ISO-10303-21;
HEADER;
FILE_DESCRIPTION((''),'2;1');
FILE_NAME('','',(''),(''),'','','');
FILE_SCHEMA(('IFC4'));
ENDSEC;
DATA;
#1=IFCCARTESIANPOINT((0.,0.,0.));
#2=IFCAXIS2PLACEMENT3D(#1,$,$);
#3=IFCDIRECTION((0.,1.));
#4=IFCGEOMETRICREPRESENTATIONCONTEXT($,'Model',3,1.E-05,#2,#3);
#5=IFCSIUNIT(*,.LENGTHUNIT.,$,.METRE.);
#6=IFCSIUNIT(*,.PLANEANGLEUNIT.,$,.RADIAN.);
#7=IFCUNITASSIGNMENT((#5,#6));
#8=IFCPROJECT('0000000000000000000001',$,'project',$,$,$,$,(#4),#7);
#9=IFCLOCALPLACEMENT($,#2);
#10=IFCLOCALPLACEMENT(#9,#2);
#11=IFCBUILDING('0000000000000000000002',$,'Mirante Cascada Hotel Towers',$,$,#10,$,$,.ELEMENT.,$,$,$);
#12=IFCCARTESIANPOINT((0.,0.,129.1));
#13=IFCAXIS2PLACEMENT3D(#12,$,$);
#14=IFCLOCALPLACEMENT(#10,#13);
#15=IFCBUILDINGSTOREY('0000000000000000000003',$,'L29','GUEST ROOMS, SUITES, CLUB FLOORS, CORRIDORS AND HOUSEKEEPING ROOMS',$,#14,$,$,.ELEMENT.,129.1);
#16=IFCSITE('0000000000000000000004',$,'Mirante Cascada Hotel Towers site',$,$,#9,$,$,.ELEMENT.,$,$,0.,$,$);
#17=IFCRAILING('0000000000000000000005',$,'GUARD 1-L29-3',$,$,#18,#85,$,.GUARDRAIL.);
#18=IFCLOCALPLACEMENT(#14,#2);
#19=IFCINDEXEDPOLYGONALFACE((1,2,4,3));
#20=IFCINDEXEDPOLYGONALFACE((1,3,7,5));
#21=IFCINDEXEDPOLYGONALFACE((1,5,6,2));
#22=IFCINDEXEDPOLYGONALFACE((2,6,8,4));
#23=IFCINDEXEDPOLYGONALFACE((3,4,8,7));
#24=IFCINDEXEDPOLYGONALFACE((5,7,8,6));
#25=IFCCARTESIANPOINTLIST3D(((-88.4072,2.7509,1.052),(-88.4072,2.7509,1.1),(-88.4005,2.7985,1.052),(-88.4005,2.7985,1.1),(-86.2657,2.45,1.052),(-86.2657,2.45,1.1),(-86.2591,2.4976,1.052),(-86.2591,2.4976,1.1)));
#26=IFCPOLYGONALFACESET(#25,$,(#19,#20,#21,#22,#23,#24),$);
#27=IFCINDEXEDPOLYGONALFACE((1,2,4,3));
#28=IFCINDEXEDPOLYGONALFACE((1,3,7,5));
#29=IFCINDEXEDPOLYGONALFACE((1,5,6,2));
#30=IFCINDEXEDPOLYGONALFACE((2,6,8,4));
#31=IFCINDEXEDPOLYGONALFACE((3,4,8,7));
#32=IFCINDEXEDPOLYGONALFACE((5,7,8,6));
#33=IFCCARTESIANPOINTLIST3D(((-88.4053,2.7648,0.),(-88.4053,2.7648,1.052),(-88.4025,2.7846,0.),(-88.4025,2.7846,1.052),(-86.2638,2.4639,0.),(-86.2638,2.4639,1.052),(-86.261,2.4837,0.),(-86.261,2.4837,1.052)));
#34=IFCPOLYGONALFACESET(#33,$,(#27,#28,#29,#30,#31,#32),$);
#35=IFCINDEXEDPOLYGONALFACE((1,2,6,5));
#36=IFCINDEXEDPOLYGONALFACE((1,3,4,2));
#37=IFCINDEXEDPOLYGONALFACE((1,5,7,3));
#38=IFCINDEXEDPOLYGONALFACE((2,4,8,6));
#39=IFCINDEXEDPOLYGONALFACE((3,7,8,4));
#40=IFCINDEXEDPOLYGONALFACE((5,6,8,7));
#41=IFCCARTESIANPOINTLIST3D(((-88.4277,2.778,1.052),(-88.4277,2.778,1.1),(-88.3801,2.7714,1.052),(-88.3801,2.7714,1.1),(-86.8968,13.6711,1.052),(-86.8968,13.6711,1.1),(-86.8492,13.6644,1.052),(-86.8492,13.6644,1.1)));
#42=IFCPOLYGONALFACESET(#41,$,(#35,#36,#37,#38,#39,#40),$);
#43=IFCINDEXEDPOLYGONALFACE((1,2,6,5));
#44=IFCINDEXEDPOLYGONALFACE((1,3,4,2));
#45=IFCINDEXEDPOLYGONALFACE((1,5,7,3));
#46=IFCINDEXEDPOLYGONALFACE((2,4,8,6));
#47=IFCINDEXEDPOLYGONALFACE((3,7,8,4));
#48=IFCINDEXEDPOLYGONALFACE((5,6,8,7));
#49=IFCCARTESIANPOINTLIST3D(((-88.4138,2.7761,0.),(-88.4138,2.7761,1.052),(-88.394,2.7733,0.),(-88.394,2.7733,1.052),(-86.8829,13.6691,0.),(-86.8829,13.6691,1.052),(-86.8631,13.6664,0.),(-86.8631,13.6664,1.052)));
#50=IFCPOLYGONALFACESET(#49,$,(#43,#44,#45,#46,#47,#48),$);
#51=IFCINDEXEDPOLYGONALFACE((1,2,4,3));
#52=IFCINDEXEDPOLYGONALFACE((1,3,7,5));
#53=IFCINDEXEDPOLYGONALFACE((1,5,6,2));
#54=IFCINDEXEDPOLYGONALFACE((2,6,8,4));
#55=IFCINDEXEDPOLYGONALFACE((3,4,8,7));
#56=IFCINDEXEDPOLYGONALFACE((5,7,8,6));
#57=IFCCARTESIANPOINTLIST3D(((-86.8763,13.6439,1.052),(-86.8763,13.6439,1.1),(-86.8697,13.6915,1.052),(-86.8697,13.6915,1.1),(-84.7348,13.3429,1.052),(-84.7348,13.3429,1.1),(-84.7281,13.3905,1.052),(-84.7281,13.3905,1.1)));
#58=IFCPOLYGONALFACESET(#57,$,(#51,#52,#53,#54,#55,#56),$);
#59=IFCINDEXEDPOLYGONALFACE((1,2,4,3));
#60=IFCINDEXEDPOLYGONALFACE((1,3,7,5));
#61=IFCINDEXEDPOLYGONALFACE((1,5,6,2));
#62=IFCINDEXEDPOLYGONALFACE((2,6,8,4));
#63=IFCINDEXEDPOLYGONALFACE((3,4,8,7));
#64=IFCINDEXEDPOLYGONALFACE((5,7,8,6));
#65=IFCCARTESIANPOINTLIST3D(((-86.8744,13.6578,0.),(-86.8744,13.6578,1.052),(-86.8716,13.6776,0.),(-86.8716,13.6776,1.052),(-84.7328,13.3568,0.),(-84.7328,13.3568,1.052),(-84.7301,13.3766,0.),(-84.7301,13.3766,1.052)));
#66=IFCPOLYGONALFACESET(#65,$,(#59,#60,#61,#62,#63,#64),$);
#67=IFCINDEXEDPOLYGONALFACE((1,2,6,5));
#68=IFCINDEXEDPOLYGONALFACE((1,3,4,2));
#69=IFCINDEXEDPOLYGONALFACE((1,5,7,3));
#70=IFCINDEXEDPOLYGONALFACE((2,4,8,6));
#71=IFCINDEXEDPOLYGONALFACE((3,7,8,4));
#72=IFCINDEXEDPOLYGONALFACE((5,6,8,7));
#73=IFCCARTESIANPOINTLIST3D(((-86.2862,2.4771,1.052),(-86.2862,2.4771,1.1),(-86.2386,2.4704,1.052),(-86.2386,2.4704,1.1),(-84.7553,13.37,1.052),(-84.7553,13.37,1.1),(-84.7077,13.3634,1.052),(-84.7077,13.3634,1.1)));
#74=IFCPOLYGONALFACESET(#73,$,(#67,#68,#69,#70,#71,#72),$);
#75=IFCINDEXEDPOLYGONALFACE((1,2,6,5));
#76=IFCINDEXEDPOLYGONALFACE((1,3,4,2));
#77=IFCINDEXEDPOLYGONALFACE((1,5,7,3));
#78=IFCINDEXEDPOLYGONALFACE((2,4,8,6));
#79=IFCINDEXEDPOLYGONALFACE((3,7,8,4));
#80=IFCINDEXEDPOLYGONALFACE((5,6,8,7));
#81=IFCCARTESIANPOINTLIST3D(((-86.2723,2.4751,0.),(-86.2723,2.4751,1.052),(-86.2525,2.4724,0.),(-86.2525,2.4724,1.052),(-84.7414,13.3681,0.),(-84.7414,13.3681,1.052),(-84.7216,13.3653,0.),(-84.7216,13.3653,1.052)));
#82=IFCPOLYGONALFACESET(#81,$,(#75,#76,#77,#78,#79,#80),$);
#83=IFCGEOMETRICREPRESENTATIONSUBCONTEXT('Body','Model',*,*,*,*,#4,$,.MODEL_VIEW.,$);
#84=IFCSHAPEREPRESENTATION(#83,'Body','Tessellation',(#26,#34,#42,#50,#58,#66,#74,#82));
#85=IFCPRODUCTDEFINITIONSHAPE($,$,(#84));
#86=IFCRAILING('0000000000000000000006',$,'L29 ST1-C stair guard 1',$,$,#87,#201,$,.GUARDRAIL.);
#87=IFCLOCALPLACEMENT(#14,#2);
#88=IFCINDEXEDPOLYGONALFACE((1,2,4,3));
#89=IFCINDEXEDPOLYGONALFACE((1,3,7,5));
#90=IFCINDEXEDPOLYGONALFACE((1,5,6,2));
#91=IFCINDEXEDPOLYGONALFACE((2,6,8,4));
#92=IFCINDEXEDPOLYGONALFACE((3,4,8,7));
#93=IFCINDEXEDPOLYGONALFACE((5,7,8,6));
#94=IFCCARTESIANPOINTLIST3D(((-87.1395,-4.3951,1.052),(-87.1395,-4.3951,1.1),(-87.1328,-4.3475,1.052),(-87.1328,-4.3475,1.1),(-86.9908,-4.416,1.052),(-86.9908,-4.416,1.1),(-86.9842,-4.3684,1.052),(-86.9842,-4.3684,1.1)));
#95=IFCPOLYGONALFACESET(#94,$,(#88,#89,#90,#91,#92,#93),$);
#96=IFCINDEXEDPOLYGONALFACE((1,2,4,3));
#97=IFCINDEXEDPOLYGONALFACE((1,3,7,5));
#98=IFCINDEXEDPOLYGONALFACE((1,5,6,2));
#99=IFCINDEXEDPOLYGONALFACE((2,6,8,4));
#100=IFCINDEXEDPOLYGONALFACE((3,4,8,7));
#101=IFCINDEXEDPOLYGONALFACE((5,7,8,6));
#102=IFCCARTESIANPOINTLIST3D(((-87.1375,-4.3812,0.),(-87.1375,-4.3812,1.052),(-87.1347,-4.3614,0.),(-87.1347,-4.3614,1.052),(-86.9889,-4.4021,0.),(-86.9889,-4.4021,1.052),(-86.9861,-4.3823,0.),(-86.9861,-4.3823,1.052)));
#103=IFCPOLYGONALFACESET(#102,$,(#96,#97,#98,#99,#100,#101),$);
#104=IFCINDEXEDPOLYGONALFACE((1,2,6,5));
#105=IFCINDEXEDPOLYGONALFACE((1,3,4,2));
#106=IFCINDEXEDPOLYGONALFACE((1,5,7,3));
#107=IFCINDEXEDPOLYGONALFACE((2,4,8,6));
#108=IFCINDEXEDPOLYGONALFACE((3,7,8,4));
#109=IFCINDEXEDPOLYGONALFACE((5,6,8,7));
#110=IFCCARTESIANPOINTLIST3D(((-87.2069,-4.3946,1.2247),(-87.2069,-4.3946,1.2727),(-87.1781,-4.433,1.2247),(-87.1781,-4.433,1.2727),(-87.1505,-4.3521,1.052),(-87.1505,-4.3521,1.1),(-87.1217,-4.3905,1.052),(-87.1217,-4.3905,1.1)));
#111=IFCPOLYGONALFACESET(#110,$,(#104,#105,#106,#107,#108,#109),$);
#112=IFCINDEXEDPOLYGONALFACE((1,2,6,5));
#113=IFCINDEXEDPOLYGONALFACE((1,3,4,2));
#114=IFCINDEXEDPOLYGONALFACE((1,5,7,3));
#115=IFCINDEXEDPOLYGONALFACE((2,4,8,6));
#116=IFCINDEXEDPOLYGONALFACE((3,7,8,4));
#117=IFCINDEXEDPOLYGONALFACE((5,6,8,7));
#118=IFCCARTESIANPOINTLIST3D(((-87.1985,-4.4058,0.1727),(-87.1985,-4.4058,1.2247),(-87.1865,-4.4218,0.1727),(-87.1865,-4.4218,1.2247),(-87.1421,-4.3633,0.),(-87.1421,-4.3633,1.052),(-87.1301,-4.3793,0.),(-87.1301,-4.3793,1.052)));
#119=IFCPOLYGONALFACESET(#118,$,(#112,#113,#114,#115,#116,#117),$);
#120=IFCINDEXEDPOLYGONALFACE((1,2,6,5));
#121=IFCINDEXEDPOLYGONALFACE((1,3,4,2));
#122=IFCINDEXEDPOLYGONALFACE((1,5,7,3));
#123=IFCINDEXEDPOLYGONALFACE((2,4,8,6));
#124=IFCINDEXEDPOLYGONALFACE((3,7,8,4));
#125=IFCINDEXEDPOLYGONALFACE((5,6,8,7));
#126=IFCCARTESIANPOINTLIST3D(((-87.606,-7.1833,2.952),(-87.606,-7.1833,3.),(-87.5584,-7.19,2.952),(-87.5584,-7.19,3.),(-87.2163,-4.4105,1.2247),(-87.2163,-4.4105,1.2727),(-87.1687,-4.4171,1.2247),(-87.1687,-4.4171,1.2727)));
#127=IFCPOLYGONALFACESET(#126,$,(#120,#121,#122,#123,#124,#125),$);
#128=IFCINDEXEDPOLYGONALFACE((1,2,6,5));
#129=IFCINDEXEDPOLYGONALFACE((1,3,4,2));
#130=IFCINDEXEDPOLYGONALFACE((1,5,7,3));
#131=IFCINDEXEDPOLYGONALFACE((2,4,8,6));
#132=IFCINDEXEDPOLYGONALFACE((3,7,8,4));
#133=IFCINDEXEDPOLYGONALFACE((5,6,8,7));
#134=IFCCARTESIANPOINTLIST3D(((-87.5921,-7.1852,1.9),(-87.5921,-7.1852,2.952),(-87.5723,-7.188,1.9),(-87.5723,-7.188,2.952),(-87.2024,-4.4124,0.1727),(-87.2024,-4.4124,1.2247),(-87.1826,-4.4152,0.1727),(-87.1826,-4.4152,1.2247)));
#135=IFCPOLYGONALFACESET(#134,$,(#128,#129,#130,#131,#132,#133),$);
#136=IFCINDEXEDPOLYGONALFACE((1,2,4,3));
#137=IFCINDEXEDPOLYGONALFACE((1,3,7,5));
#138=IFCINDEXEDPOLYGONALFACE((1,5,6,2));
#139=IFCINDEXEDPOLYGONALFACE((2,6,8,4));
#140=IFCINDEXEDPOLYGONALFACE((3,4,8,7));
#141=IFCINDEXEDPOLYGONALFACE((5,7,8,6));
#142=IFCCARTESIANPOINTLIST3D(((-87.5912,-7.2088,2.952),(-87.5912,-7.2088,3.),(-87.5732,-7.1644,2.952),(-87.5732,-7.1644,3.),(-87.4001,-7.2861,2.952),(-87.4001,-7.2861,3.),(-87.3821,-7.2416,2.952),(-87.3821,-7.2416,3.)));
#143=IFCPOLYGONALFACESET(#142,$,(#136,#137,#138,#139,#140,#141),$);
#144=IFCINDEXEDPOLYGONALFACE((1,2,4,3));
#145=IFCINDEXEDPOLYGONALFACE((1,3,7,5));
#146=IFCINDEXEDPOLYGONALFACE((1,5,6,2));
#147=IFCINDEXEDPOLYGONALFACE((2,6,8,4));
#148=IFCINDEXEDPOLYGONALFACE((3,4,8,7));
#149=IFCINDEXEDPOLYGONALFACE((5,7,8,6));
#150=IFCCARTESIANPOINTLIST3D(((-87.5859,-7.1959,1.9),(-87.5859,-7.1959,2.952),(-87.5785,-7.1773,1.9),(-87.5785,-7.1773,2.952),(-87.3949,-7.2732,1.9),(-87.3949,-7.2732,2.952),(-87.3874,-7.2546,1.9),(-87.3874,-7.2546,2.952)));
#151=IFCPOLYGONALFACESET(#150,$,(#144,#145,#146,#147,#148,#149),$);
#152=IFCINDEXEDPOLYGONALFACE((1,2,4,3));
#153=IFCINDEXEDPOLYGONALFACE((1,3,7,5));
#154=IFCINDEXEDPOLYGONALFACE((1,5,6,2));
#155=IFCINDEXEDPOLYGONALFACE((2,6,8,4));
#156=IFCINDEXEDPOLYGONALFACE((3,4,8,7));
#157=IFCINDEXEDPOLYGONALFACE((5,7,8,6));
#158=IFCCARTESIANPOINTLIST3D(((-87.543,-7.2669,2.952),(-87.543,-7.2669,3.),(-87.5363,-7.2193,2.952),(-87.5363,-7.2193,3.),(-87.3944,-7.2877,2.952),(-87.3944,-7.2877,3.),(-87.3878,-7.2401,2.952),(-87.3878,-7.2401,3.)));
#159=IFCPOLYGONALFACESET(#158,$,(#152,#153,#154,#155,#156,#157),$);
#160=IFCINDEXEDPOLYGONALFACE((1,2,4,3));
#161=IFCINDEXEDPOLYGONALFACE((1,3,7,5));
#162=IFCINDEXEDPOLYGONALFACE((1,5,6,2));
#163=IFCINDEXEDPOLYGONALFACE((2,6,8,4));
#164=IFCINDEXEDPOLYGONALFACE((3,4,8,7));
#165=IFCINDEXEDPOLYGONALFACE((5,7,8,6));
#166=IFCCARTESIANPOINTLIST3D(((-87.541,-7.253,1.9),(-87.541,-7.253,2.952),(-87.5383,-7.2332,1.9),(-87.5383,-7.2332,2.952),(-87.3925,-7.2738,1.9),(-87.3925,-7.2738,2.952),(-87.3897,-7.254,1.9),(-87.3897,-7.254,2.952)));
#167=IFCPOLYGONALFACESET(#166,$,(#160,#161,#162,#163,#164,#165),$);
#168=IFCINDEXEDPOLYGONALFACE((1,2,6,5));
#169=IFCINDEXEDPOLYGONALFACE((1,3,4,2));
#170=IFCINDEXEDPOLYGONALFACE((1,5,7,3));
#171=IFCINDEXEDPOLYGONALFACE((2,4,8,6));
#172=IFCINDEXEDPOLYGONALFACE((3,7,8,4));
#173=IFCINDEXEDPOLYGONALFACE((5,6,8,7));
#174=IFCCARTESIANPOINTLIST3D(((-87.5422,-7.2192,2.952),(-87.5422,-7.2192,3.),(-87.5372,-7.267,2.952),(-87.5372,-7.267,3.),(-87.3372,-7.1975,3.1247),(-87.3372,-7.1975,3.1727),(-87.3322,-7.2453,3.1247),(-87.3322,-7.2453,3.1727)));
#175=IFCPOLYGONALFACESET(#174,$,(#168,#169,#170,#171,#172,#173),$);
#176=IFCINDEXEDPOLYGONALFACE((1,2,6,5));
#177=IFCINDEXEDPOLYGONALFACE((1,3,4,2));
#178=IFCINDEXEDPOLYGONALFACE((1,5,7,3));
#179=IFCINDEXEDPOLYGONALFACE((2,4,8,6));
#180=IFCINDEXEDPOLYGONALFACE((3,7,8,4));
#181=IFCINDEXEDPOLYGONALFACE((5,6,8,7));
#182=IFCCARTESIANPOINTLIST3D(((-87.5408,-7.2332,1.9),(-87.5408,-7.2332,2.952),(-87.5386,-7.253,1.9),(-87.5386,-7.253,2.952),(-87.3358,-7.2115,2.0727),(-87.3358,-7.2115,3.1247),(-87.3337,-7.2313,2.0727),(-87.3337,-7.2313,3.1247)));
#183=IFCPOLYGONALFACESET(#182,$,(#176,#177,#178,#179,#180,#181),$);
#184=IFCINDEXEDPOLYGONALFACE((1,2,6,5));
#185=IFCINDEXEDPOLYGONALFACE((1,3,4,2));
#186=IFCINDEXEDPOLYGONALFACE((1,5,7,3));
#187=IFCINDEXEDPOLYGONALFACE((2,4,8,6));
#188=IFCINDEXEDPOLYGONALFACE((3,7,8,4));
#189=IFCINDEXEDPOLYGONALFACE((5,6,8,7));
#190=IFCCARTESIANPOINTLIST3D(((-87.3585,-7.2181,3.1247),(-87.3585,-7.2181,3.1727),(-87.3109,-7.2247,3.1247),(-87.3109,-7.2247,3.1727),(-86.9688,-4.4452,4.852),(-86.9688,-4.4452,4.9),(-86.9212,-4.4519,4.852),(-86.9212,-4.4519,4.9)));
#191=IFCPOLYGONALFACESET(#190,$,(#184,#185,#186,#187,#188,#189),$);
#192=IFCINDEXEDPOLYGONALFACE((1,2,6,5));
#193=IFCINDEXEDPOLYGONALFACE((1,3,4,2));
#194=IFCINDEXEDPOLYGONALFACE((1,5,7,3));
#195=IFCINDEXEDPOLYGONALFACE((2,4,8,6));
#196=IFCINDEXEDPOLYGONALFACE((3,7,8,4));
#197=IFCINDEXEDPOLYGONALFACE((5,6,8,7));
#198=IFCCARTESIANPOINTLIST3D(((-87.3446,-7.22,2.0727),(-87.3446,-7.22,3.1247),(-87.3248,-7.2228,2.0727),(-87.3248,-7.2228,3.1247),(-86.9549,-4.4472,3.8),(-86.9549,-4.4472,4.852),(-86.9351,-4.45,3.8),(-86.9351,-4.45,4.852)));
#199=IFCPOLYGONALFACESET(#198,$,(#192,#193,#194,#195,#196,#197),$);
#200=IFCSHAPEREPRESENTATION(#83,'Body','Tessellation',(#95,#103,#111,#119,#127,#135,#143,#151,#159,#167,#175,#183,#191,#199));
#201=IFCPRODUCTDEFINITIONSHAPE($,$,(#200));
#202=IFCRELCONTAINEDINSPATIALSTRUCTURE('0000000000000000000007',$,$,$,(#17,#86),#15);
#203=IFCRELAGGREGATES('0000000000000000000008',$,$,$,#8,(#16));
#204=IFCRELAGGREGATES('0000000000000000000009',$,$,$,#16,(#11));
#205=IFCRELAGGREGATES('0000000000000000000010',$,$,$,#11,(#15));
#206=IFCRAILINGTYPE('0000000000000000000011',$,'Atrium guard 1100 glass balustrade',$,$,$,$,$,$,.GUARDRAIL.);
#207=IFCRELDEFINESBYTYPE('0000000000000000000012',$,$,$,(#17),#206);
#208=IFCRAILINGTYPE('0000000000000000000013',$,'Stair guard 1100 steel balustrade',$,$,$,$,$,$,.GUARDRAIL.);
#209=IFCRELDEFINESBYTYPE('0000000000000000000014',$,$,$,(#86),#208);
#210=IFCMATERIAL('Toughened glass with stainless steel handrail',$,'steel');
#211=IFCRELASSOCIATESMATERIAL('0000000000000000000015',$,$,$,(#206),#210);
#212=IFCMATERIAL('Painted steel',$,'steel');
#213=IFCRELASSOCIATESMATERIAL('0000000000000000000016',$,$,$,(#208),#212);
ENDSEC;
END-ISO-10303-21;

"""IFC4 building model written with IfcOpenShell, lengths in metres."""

from ifc_helpers import new_model, si_unit, direction, frame, origin, origin_2d, place, context, subcontext, project, spatial, rectangle, extrude, material, type_object, element, save


model = new_model("IFC4")

# Units and contexts
model_context = context("Model", 3, precision=1e-05, world=origin(), true_north=direction((0.0, 1.0)))
body_context = subcontext(model_context, "Body", "Model", "MODEL_VIEW")
ifc_project = project(units=[si_unit("LENGTHUNIT", "METRE"), si_unit("PLANEANGLEUNIT", "RADIAN")], contexts=[model_context])

# Site, building, storey
site_placement = place(None, origin())
site = spatial("IfcSite", under=ifc_project, at=site_placement, Name="Mirante Cascada Hotel Towers site", CompositionType="ELEMENT", RefElevation=0.0)
building_placement = place(site_placement, origin())
building = spatial("IfcBuilding", under=site, at=building_placement, Name="Mirante Cascada Hotel Towers", CompositionType="ELEMENT")
storey_placement = place(building_placement, frame((0.0, 0.0, 129.1)))
storey = spatial("IfcBuildingStorey", under=building, at=storey_placement, Name="L29", Description="GUEST ROOMS, SUITES, CLUB FLOORS, CORRIDORS AND HOUSEKEEPING ROOMS", CompositionType="ELEMENT", Elevation=129.1)

# Railings
ifc_material_1 = material(Name="Toughened glass with stainless steel handrail", Category="steel")
railing_type_1 = type_object("IfcRailingType", Name="Atrium guard 1100 glass balustrade", PredefinedType="GUARDRAIL", material=ifc_material_1)
railing_1_placement = place(storey_placement, frame((-86.2624, 2.4738, 0.0)))
element("IfcRailing", 1, at=railing_1_placement, inside=storey, type_object=railing_type_1, Name="GUARD 1-L29-3", PredefinedType="GUARDRAIL", context=body_context, shape_type="SweptSolid", body=[
    extrude(rectangle(XDim=0.048, YDim=0.048, at=origin_2d()), frame((0.0, 0.0, 1.076), z_axis=(-0.990272, 0.139142, 0.0), x_axis=(-0.139142, -0.990272, 0.0)), (0.0, 0.0, 1.0), 2.1625),
    extrude(rectangle(XDim=0.02, YDim=1.052, at=origin_2d()), frame((0.0, 0.0, 0.526), z_axis=(-0.990272, 0.139142, 0.0), x_axis=(-0.139142, -0.990272, 0.0)), (0.0, 0.0, 1.0), 2.1625),
    extrude(rectangle(XDim=0.048, YDim=0.048, at=origin_2d()), frame((-2.1415, 0.3009, 1.076), z_axis=(0.139172, 0.990268, 0.0), x_axis=(-0.990268, 0.139172, 0.0)), (0.0, 0.0, 1.0), 11.0001),
    extrude(rectangle(XDim=0.02, YDim=1.052, at=origin_2d()), frame((-2.1415, 0.3009, 0.526), z_axis=(0.139172, 0.990268, 0.0), x_axis=(-0.990268, 0.139172, 0.0)), (0.0, 0.0, 1.0), 11.0001),
    extrude(rectangle(XDim=0.048, YDim=0.048, at=origin_2d()), frame((-0.6106, 11.1939, 1.076), z_axis=(0.990266, -0.139187, 0.0), x_axis=(0.139187, 0.990266, 0.0)), (0.0, 0.0, 1.0), 2.1626),
    extrude(rectangle(XDim=0.02, YDim=1.052, at=origin_2d()), frame((-0.6106, 11.1939, 0.526), z_axis=(0.990266, -0.139187, 0.0), x_axis=(0.139187, 0.990266, 0.0)), (0.0, 0.0, 1.0), 2.1626),
    extrude(rectangle(XDim=0.048, YDim=0.048, at=origin_2d()), frame((1.5309, 10.8929, 1.076), z_axis=(-0.139173, -0.990268, 0.0), x_axis=(0.990268, -0.139173, 0.0)), (0.0, 0.0, 1.0), 11.0),
    extrude(rectangle(XDim=0.02, YDim=1.052, at=origin_2d()), frame((1.5309, 10.8929, 0.526), z_axis=(-0.139173, -0.990268, 0.0), x_axis=(0.990268, -0.139173, 0.0)), (0.0, 0.0, 1.0), 11.0),
])
ifc_material_2 = material(Name="Painted steel", Category="steel")
railing_type_2 = type_object("IfcRailingType", Name="Stair guard 1100 steel balustrade", PredefinedType="GUARDRAIL", material=ifc_material_2)
railing_2_placement = place(storey_placement, frame((-86.9875, -4.3922, 0.0)))
element("IfcRailing", 2, at=railing_2_placement, inside=storey, type_object=railing_type_2, Name="L29 ST1-C stair guard 1", PredefinedType="GUARDRAIL", context=body_context, shape_type="SweptSolid", body=[
    extrude(rectangle(XDim=0.048, YDim=0.048, at=origin_2d()), frame((0.0, 0.0, 1.076), z_axis=(-0.990254, 0.139275, 0.0), x_axis=(-0.139275, -0.990254, 0.0)), (0.0, 0.0, 1.0), 0.1501),
    extrude(rectangle(XDim=0.02, YDim=1.052, at=origin_2d()), frame((0.0, 0.0, 0.526), z_axis=(-0.990254, 0.139275, 0.0), x_axis=(-0.139275, -0.990254, 0.0)), (0.0, 0.0, 1.0), 0.1501),
    extrude(rectangle(XDim=0.048, YDim=0.048, at=origin_2d()), frame((-0.1486, 0.0209, 1.076), z_axis=(-0.798639, -0.601811, 0.0), x_axis=(0.601811, -0.798639, 0.0)), (0.0, 0.925603, 0.378496), 0.1866),
    extrude(rectangle(XDim=0.02, YDim=1.052, at=origin_2d()), frame((-0.1486, 0.0209, 0.526), z_axis=(-0.798639, -0.601811, 0.0), x_axis=(0.601811, -0.798639, 0.0)), (0.0, 0.925603, 0.378496), 0.1866),
    extrude(rectangle(XDim=0.048, YDim=0.048, at=origin_2d()), frame((-0.205, -0.0216, 1.2487), z_axis=(-0.139176, -0.990268, 0.0), x_axis=(0.990268, -0.139176, 0.0)), (0.0, 0.525021, 0.851089), 3.29),
    extrude(rectangle(XDim=0.02, YDim=1.052, at=origin_2d()), frame((-0.205, -0.0216, 0.6987), z_axis=(-0.139176, -0.990268, 0.0), x_axis=(0.990268, -0.139176, 0.0)), (0.0, 0.525021, 0.851089), 3.29),
    extrude(rectangle(XDim=0.048, YDim=0.048, at=origin_2d()), frame((-0.5947, -2.7944, 2.976), z_axis=(0.927031, -0.374984, 0.0), x_axis=(0.374984, 0.927031, 0.0)), (0.0, 0.0, 1.0), 0.2061),
    extrude(rectangle(XDim=0.02, YDim=1.052, at=origin_2d()), frame((-0.5947, -2.7944, 2.426), z_axis=(0.927031, -0.374984, 0.0), x_axis=(0.374984, 0.927031, 0.0)), (0.0, 0.0, 1.0), 0.2061),
    extrude(rectangle(XDim=0.048, YDim=0.048, at=origin_2d()), frame((-0.4036, -2.8717, 2.976), z_axis=(-0.990345, 0.138622, 0.0), x_axis=(-0.138622, -0.990345, 0.0)), (0.0, 0.0, 1.0), 0.15),
    extrude(rectangle(XDim=0.02, YDim=1.052, at=origin_2d()), frame((-0.4036, -2.8717, 2.426), z_axis=(-0.990345, 0.138622, 0.0), x_axis=(-0.138622, -0.990345, 0.0)), (0.0, 0.0, 1.0), 0.15),
    extrude(rectangle(XDim=0.048, YDim=0.048, at=origin_2d()), frame((-0.5522, -2.8509, 2.976), z_axis=(0.994444, 0.105266, 0.0), x_axis=(-0.105266, 0.994444, 0.0)), (0.0, 0.642184, 0.76655), 0.2689),
    extrude(rectangle(XDim=0.02, YDim=1.052, at=origin_2d()), frame((-0.5522, -2.8509, 2.426), z_axis=(0.994444, 0.105266, 0.0), x_axis=(-0.105266, 0.994444, 0.0)), (0.0, 0.642184, 0.76655), 0.2689),
    extrude(rectangle(XDim=0.048, YDim=0.048, at=origin_2d()), frame((-0.3472, -2.8292, 3.1487), z_axis=(0.139176, 0.990268, 0.0), x_axis=(-0.990268, 0.139176, 0.0)), (0.0, 0.525021, 0.851089), 3.29),
    extrude(rectangle(XDim=0.02, YDim=1.052, at=origin_2d()), frame((-0.3472, -2.8292, 2.5987), z_axis=(0.139176, 0.990268, 0.0), x_axis=(-0.990268, 0.139176, 0.0)), (0.0, 0.525021, 0.851089), 3.29),
])

save(model, "model.ifc")
